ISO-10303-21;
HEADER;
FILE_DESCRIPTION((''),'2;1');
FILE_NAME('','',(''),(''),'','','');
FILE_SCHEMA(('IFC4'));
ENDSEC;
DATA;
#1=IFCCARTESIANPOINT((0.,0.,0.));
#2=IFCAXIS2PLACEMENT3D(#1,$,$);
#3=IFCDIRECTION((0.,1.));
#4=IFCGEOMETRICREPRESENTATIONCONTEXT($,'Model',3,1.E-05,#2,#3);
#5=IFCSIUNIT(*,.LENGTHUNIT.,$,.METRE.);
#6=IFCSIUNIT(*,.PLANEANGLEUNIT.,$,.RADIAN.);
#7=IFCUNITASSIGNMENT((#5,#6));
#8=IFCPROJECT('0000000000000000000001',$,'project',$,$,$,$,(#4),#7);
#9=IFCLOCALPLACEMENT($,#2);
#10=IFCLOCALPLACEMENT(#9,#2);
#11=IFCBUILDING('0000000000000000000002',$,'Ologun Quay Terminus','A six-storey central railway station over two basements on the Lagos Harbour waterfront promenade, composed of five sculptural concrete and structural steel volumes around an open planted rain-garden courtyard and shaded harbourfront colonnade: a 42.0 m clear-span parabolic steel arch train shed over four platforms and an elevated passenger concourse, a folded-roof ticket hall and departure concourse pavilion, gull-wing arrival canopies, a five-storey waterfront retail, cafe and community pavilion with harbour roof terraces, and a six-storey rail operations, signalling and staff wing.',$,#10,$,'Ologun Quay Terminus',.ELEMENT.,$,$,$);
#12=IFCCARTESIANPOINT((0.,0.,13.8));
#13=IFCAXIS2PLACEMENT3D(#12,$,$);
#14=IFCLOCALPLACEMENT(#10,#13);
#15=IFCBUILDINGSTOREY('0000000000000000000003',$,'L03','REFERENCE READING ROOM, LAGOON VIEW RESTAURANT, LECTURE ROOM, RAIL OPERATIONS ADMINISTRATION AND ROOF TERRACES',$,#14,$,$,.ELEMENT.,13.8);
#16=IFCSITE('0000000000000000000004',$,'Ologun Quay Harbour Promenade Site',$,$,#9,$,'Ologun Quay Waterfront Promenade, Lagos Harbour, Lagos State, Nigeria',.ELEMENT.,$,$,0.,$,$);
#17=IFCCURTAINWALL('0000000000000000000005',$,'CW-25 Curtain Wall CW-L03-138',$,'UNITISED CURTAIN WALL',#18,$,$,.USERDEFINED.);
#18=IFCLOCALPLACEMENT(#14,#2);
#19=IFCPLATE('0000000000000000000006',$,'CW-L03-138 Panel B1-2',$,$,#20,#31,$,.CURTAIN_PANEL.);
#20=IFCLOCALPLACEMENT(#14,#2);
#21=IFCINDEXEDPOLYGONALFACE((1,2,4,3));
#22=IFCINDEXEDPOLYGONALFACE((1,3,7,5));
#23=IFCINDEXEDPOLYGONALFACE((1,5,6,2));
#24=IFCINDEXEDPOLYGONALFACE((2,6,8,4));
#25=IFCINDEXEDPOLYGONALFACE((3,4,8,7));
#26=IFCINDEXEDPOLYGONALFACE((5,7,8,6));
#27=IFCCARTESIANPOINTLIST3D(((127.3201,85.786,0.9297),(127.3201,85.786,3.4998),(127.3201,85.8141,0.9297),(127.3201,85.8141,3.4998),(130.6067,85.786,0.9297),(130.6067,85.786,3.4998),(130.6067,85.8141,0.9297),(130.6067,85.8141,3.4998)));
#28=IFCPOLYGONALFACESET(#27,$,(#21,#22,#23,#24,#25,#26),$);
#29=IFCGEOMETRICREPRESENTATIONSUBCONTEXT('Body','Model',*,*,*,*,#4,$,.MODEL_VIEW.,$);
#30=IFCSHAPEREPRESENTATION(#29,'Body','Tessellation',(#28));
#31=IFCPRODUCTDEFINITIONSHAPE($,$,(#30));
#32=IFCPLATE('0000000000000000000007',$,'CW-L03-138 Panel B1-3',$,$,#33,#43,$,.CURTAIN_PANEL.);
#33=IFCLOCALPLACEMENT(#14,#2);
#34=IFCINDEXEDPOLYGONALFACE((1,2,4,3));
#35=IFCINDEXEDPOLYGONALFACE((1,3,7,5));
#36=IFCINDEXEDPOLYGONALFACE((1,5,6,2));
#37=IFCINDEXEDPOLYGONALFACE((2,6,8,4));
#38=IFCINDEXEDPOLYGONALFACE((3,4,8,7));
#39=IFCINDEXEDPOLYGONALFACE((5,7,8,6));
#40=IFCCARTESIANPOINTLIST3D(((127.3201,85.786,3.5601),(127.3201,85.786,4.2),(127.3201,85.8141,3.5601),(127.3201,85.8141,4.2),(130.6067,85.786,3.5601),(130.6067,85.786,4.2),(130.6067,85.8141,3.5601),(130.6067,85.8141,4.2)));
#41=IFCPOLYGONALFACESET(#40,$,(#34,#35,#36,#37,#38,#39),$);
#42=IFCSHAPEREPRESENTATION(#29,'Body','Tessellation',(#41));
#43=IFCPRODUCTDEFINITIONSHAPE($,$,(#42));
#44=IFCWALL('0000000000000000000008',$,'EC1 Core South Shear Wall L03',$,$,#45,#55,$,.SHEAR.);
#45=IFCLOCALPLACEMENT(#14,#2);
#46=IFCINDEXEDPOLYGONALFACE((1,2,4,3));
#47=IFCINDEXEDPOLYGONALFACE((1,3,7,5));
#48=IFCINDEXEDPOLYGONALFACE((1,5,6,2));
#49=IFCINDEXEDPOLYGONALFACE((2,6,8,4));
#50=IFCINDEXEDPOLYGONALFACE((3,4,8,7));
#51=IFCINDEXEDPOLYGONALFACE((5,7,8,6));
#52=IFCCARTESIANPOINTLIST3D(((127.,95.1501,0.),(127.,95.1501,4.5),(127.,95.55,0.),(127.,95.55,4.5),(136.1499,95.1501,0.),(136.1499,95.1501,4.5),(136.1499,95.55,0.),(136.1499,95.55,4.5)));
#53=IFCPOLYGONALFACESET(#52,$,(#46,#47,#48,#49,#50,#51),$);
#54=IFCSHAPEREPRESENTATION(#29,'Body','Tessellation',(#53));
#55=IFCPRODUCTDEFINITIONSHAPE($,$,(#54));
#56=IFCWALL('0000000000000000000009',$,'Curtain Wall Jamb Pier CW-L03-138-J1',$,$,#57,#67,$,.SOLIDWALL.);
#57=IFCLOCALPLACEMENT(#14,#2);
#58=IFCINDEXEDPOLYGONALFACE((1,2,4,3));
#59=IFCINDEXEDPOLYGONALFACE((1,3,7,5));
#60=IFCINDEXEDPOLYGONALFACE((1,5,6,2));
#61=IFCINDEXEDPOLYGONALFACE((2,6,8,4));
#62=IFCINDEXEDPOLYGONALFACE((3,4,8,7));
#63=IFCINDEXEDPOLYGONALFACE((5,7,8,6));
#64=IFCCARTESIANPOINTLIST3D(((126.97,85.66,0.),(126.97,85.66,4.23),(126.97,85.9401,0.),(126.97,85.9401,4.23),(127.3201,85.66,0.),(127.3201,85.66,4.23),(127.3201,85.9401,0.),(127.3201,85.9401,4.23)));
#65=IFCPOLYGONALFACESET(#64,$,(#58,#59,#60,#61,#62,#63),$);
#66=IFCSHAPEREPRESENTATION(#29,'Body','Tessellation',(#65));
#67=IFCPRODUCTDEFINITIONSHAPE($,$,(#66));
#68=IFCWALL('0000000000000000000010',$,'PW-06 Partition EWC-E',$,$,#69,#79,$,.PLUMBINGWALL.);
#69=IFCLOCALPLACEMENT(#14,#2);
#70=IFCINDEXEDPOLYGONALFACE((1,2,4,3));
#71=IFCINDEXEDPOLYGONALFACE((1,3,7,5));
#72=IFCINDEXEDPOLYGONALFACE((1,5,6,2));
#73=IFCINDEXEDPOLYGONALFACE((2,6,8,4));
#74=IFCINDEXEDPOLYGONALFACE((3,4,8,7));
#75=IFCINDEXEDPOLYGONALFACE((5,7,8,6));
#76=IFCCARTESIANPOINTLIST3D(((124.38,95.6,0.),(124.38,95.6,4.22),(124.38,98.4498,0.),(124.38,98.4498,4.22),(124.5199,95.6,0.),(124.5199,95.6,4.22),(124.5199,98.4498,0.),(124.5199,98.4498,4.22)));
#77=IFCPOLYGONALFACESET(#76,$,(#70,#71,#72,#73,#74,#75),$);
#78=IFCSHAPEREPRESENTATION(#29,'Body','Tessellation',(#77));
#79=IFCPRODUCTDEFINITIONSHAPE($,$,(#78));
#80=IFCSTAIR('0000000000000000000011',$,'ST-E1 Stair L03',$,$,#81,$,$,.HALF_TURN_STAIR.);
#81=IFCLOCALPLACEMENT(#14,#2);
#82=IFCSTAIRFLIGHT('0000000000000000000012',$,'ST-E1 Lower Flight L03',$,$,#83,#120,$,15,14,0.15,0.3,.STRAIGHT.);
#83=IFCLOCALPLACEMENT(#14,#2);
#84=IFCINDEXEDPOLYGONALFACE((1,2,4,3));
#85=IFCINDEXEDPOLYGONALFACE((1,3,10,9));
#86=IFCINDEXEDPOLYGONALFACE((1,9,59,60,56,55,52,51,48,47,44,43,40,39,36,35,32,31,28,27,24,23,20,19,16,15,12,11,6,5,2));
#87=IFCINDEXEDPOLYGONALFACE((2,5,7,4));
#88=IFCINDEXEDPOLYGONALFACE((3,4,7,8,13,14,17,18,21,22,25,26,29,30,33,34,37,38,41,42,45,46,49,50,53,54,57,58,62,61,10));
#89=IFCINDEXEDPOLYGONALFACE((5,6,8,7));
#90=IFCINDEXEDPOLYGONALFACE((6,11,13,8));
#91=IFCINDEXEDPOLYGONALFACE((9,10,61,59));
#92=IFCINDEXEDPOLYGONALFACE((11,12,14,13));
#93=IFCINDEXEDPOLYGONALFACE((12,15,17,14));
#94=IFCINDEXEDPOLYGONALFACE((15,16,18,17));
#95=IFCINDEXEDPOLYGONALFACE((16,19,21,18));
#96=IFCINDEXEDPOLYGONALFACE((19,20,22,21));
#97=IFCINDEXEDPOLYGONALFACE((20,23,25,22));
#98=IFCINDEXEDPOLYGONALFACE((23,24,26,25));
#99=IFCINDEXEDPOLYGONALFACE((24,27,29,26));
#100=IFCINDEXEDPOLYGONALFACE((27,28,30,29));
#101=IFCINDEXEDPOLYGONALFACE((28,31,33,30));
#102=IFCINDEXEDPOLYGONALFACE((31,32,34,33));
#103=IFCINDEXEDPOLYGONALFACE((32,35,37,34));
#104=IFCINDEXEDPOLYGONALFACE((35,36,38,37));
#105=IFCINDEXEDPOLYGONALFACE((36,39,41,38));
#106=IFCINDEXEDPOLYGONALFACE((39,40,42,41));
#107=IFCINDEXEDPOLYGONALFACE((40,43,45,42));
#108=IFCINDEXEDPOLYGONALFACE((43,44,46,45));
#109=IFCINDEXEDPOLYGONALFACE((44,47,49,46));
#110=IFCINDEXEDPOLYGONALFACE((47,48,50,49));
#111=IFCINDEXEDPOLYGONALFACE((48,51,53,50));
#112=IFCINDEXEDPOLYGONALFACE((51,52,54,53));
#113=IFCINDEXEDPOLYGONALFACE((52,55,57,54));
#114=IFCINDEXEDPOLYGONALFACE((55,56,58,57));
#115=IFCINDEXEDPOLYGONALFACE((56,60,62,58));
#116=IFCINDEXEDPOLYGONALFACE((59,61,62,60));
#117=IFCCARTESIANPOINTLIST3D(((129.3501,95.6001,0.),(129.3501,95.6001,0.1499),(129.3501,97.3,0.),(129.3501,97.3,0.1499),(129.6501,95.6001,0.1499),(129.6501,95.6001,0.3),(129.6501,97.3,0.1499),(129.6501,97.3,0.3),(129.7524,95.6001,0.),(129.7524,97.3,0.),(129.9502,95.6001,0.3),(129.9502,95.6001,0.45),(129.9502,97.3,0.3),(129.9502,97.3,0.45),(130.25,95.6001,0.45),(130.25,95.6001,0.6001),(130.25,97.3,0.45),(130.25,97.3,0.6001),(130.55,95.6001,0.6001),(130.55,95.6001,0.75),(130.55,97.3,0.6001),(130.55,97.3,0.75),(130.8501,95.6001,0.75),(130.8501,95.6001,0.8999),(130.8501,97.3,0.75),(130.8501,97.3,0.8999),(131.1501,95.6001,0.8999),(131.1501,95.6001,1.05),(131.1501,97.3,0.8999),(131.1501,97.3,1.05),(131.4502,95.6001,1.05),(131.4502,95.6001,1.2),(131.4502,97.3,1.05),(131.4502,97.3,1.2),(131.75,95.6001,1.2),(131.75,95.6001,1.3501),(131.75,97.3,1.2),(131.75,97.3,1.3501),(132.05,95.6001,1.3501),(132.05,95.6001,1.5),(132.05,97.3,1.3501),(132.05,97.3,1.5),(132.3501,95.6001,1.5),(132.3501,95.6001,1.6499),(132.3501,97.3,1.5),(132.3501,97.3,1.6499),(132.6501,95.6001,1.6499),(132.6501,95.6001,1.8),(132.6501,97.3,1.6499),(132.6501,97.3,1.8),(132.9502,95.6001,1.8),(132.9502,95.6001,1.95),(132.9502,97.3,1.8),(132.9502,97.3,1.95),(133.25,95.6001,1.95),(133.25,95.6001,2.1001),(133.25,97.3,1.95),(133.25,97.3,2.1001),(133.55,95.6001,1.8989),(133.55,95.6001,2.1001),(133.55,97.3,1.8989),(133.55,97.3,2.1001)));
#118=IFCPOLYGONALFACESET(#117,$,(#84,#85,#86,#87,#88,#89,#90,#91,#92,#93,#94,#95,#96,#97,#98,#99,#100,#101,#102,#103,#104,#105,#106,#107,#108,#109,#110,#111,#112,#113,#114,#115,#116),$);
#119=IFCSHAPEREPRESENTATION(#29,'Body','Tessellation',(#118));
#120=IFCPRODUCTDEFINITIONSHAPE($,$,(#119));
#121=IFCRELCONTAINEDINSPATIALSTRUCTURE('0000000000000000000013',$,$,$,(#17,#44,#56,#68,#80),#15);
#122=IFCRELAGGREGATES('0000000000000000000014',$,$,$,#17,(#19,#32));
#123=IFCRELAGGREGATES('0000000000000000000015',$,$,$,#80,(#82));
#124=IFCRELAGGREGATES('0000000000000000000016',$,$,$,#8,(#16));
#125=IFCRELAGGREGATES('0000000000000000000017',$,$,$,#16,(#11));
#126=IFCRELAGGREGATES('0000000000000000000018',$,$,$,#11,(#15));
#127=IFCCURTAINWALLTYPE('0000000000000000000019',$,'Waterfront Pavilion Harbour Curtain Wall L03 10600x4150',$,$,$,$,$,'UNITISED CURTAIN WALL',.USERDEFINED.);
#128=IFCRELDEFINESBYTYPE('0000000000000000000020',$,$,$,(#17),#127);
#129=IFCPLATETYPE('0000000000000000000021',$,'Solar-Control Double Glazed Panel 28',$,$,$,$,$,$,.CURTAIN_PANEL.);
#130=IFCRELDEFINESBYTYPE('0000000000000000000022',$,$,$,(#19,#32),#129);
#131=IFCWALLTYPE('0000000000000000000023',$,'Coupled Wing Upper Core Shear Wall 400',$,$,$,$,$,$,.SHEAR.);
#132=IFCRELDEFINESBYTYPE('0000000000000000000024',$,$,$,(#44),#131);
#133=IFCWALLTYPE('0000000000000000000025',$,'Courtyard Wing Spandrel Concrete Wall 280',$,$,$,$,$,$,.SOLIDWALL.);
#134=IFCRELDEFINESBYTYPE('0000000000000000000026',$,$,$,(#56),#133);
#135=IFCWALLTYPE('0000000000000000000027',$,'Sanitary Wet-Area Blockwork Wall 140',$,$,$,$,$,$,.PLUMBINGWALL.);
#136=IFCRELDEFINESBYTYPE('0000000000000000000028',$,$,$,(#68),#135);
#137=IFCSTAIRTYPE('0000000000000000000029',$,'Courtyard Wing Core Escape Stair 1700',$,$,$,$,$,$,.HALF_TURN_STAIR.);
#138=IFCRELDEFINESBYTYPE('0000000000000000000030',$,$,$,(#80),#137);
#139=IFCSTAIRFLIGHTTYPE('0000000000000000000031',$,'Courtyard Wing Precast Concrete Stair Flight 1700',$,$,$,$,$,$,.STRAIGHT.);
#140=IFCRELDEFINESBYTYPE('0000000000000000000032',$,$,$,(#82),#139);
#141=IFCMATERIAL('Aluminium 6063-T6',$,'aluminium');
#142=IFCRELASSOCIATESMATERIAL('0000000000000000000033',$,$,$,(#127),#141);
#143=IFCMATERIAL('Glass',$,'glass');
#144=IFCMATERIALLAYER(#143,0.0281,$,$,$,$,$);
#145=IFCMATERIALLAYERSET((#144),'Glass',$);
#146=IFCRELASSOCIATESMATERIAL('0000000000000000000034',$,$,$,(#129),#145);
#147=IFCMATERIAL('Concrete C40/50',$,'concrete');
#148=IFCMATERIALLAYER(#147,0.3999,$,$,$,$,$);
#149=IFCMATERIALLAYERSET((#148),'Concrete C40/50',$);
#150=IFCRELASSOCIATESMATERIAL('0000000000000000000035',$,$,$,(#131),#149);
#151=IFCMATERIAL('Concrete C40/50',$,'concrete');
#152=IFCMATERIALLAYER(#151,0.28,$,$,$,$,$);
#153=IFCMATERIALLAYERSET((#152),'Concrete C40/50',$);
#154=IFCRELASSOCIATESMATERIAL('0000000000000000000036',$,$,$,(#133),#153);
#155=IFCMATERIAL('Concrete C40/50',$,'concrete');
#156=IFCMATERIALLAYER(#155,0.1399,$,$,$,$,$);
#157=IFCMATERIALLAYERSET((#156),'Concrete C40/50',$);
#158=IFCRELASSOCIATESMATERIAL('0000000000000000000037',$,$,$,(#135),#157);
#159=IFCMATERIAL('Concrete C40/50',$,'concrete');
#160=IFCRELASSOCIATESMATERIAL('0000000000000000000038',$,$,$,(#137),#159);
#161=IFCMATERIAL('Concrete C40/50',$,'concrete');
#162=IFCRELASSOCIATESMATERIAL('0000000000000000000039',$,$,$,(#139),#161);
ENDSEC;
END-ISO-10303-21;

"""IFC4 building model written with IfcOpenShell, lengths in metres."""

from ifc_helpers import new_model, si_unit, direction, frame, frame_2d, origin, origin_2d, place, context, subcontext, project, spatial, polyline, rectangle, outline, extrude, material, layer, layer_set, type_object, element, aggregate, save


model = new_model("IFC4")

# Units and contexts
model_context = context("Model", 3, precision=1e-05, world=origin(), true_north=direction((0.0, 1.0)))
body_context = subcontext(model_context, "Body", "Model", "MODEL_VIEW")
ifc_project = project(units=[si_unit("LENGTHUNIT", "METRE"), si_unit("PLANEANGLEUNIT", "RADIAN")], contexts=[model_context])

# Site, building, storey
site_placement = place(None, origin())
site = spatial("IfcSite", under=ifc_project, at=site_placement, Name="Ologun Quay Harbour Promenade Site", LongName="Ologun Quay Waterfront Promenade, Lagos Harbour, Lagos State, Nigeria", CompositionType="ELEMENT", RefElevation=0.0)
building_placement = place(site_placement, origin())
building = spatial("IfcBuilding", under=site, at=building_placement, Name="Ologun Quay Terminus", Description="A six-storey central railway station over two basements on the Lagos Harbour waterfront promenade, composed of five sculptural concrete and structural steel volumes around an open planted rain-garden courtyard and shaded harbourfront colonnade: a 42.0 m clear-span parabolic steel arch train shed over four platforms and an elevated passenger concourse, a folded-roof ticket hall and departure concourse pavilion, gull-wing arrival canopies, a five-storey waterfront retail, cafe and community pavilion with harbour roof terraces, and a six-storey rail operations, signalling and staff wing.", LongName="Ologun Quay Terminus", CompositionType="ELEMENT")
storey_placement = place(building_placement, frame((0.0, 0.0, 13.8)))
storey = spatial("IfcBuildingStorey", under=building, at=storey_placement, Name="L03", Description="REFERENCE READING ROOM, LAGOON VIEW RESTAURANT, LECTURE ROOM, RAIL OPERATIONS ADMINISTRATION AND ROOF TERRACES", CompositionType="ELEMENT", Elevation=13.8)

# Curtain wall
ifc_material_1 = material(Name="Aluminium 6063-T6", Category="aluminium")
curtain_wall_type = type_object("IfcCurtainWallType", Name="Waterfront Pavilion Harbour Curtain Wall L03 10600x4150", ElementType="UNITISED CURTAIN WALL", PredefinedType="USERDEFINED", material=ifc_material_1)
curtain_wall_placement = place(storey_placement, origin())
curtain_wall = element("IfcCurtainWall", 1, at=curtain_wall_placement, inside=storey, type_object=curtain_wall_type, Name="CW-25 Curtain Wall CW-L03-138", ObjectType="UNITISED CURTAIN WALL", PredefinedType="USERDEFINED")

# Plates
ifc_material_2 = material(Name="Glass", Category="glass")
ifc_layer_1 = layer(ifc_material_2, 0.0281)
ifc_layer_set_1 = layer_set([ifc_layer_1], Name="Glass")
plate_type_1 = type_object("IfcPlateType", Name="Solar-Control Double Glazed Panel 28", PredefinedType="CURTAIN_PANEL", material=ifc_layer_set_1)
plate_1_placement = place(storey_placement, frame((128.9634, 85.8, 0.9297), z_axis=(0.0, 0.0, 1.0), x_axis=(1.0, 0.0, 0.0)))
plate_1 = element("IfcPlate", 2, at=plate_1_placement, type_object=plate_type_1, Name="CW-L03-138 Panel B1-2", PredefinedType="CURTAIN_PANEL", context=body_context, shape_type="SweptSolid", body=[
    extrude(rectangle(XDim=3.2866, YDim=0.0281, at=origin_2d()), origin(), (0.0, 0.0, 1.0), 2.5701),
])
plate_2_placement = place(storey_placement, frame((128.9634, 85.8, 3.5601), z_axis=(0.0, 0.0, 1.0), x_axis=(1.0, 0.0, 0.0)))
plate_2 = element("IfcPlate", 3, at=plate_2_placement, type_object=plate_type_1, Name="CW-L03-138 Panel B1-3", PredefinedType="CURTAIN_PANEL", context=body_context, shape_type="SweptSolid", body=[
    extrude(rectangle(XDim=3.2866, YDim=0.0281, at=origin_2d()), origin(), (0.0, 0.0, 1.0), 0.6399),
])
aggregate(curtain_wall, [plate_1, plate_2])

# Walls
ifc_material_3 = material(Name="Concrete C40/50", Category="concrete")
ifc_layer_2 = layer(ifc_material_3, 0.3999)
ifc_layer_set_2 = layer_set([ifc_layer_2], Name="Concrete C40/50")
wall_type_1 = type_object("IfcWallType", Name="Coupled Wing Upper Core Shear Wall 400", PredefinedType="SHEAR", material=ifc_layer_set_2)
wall_1_placement = place(storey_placement, frame((127.0, 95.3501, 0.0), z_axis=(0.0, 0.0, 1.0), x_axis=(1.0, 0.0, 0.0)))
element("IfcWall", 4, at=wall_1_placement, inside=storey, type_object=wall_type_1, Name="EC1 Core South Shear Wall L03", PredefinedType="SHEAR", context=body_context, shape_type="SweptSolid", body=[
    extrude(rectangle(XDim=9.1499, YDim=0.3999, at=frame_2d((4.575, 0.0))), origin(), (0.0, 0.0, 1.0), 4.5),
])
ifc_material_4 = material(Name="Concrete C40/50", Category="concrete")
ifc_layer_3 = layer(ifc_material_4, 0.28)
ifc_layer_set_3 = layer_set([ifc_layer_3], Name="Concrete C40/50")
wall_type_2 = type_object("IfcWallType", Name="Courtyard Wing Spandrel Concrete Wall 280", PredefinedType="SOLIDWALL", material=ifc_layer_set_3)
wall_2_placement = place(storey_placement, frame((126.97, 85.8, 0.0), z_axis=(0.0, 0.0, 1.0), x_axis=(1.0, 0.0, 0.0)))
element("IfcWall", 5, at=wall_2_placement, inside=storey, type_object=wall_type_2, Name="Curtain Wall Jamb Pier CW-L03-138-J1", PredefinedType="SOLIDWALL", context=body_context, shape_type="SweptSolid", body=[
    extrude(rectangle(XDim=0.3501, YDim=0.28, at=frame_2d((0.175, 0.0))), origin(), (0.0, 0.0, 1.0), 4.23),
])

# Wall
ifc_material_5 = material(Name="Concrete C40/50", Category="concrete")
ifc_layer_4 = layer(ifc_material_5, 0.1399)
ifc_layer_set_4 = layer_set([ifc_layer_4], Name="Concrete C40/50")
wall_type_3 = type_object("IfcWallType", Name="Sanitary Wet-Area Blockwork Wall 140", PredefinedType="PLUMBINGWALL", material=ifc_layer_set_4)
wall_3_placement = place(storey_placement, frame((124.45, 95.6001, 0.0), z_axis=(0.0, 0.0, 1.0), x_axis=(0.0, 1.0, 0.0)))
element("IfcWall", 6, at=wall_3_placement, inside=storey, type_object=wall_type_3, Name="PW-06 Partition EWC-E", PredefinedType="PLUMBINGWALL", context=body_context, shape_type="SweptSolid", body=[
    extrude(rectangle(XDim=2.8499, YDim=0.1399, at=frame_2d((1.4248, 0.0))), origin(), (0.0, 0.0, 1.0), 4.22),
])

# Stair, stair flight
ifc_material_6 = material(Name="Concrete C40/50", Category="concrete")
stair_type = type_object("IfcStairType", Name="Courtyard Wing Core Escape Stair 1700", PredefinedType="HALF_TURN_STAIR", material=ifc_material_6)
stair_placement = place(storey_placement, origin())
stair = element("IfcStair", 7, at=stair_placement, inside=storey, type_object=stair_type, Name="ST-E1 Stair L03", PredefinedType="HALF_TURN_STAIR")
ifc_material_7 = material(Name="Concrete C40/50", Category="concrete")
stair_flight_type = type_object("IfcStairFlightType", Name="Courtyard Wing Precast Concrete Stair Flight 1700", PredefinedType="STRAIGHT", material=ifc_material_7)
stair_flight_placement = place(storey_placement, frame((129.3501, 96.45, 0.0), z_axis=(0.0, 0.0, 1.0), x_axis=(1.0, 0.0, 0.0)))
stair_flight = element("IfcStairFlight", 8, at=stair_flight_placement, type_object=stair_flight_type, Name="ST-E1 Lower Flight L03", NumberOfRisers=15, NumberOfTreads=14, PredefinedType="STRAIGHT", RiserHeight=0.15, TreadLength=0.3, context=body_context, shape_type="SweptSolid", body=[
    extrude(outline(polyline([(0.0, 0.0), (0.0, 0.1499), (0.3, 0.1499), (0.3, 0.3), (0.6001, 0.3), (0.6001, 0.45), (0.8999, 0.45), (0.8999, 0.6001), (1.2, 0.6001), (1.2, 0.75), (1.5, 0.75), (1.5, 0.8999), (1.8, 0.8999), (1.8, 1.05), (2.1001, 1.05), (2.1001, 1.2), (2.3999, 1.2), (2.3999, 1.3501), (2.7, 1.3501), (2.7, 1.5), (3.0, 1.5), (3.0, 1.6499), (3.3, 1.6499), (3.3, 1.8), (3.6001, 1.8), (3.6001, 1.95), (3.8999, 1.95), (3.8999, 2.1001), (4.2, 2.1001), (4.2, 2.25), (4.2, 1.8989), (0.4023, 0.0), (0.0, 0.0)])), frame((0.0, 0.8501, 0.0), z_axis=(0.0, -1.0, 0.0), x_axis=(1.0, 0.0, 0.0)), (0.0, 0.0, 1.0), 1.7),
])
aggregate(stair, [stair_flight])

save(model, "model.ifc")
